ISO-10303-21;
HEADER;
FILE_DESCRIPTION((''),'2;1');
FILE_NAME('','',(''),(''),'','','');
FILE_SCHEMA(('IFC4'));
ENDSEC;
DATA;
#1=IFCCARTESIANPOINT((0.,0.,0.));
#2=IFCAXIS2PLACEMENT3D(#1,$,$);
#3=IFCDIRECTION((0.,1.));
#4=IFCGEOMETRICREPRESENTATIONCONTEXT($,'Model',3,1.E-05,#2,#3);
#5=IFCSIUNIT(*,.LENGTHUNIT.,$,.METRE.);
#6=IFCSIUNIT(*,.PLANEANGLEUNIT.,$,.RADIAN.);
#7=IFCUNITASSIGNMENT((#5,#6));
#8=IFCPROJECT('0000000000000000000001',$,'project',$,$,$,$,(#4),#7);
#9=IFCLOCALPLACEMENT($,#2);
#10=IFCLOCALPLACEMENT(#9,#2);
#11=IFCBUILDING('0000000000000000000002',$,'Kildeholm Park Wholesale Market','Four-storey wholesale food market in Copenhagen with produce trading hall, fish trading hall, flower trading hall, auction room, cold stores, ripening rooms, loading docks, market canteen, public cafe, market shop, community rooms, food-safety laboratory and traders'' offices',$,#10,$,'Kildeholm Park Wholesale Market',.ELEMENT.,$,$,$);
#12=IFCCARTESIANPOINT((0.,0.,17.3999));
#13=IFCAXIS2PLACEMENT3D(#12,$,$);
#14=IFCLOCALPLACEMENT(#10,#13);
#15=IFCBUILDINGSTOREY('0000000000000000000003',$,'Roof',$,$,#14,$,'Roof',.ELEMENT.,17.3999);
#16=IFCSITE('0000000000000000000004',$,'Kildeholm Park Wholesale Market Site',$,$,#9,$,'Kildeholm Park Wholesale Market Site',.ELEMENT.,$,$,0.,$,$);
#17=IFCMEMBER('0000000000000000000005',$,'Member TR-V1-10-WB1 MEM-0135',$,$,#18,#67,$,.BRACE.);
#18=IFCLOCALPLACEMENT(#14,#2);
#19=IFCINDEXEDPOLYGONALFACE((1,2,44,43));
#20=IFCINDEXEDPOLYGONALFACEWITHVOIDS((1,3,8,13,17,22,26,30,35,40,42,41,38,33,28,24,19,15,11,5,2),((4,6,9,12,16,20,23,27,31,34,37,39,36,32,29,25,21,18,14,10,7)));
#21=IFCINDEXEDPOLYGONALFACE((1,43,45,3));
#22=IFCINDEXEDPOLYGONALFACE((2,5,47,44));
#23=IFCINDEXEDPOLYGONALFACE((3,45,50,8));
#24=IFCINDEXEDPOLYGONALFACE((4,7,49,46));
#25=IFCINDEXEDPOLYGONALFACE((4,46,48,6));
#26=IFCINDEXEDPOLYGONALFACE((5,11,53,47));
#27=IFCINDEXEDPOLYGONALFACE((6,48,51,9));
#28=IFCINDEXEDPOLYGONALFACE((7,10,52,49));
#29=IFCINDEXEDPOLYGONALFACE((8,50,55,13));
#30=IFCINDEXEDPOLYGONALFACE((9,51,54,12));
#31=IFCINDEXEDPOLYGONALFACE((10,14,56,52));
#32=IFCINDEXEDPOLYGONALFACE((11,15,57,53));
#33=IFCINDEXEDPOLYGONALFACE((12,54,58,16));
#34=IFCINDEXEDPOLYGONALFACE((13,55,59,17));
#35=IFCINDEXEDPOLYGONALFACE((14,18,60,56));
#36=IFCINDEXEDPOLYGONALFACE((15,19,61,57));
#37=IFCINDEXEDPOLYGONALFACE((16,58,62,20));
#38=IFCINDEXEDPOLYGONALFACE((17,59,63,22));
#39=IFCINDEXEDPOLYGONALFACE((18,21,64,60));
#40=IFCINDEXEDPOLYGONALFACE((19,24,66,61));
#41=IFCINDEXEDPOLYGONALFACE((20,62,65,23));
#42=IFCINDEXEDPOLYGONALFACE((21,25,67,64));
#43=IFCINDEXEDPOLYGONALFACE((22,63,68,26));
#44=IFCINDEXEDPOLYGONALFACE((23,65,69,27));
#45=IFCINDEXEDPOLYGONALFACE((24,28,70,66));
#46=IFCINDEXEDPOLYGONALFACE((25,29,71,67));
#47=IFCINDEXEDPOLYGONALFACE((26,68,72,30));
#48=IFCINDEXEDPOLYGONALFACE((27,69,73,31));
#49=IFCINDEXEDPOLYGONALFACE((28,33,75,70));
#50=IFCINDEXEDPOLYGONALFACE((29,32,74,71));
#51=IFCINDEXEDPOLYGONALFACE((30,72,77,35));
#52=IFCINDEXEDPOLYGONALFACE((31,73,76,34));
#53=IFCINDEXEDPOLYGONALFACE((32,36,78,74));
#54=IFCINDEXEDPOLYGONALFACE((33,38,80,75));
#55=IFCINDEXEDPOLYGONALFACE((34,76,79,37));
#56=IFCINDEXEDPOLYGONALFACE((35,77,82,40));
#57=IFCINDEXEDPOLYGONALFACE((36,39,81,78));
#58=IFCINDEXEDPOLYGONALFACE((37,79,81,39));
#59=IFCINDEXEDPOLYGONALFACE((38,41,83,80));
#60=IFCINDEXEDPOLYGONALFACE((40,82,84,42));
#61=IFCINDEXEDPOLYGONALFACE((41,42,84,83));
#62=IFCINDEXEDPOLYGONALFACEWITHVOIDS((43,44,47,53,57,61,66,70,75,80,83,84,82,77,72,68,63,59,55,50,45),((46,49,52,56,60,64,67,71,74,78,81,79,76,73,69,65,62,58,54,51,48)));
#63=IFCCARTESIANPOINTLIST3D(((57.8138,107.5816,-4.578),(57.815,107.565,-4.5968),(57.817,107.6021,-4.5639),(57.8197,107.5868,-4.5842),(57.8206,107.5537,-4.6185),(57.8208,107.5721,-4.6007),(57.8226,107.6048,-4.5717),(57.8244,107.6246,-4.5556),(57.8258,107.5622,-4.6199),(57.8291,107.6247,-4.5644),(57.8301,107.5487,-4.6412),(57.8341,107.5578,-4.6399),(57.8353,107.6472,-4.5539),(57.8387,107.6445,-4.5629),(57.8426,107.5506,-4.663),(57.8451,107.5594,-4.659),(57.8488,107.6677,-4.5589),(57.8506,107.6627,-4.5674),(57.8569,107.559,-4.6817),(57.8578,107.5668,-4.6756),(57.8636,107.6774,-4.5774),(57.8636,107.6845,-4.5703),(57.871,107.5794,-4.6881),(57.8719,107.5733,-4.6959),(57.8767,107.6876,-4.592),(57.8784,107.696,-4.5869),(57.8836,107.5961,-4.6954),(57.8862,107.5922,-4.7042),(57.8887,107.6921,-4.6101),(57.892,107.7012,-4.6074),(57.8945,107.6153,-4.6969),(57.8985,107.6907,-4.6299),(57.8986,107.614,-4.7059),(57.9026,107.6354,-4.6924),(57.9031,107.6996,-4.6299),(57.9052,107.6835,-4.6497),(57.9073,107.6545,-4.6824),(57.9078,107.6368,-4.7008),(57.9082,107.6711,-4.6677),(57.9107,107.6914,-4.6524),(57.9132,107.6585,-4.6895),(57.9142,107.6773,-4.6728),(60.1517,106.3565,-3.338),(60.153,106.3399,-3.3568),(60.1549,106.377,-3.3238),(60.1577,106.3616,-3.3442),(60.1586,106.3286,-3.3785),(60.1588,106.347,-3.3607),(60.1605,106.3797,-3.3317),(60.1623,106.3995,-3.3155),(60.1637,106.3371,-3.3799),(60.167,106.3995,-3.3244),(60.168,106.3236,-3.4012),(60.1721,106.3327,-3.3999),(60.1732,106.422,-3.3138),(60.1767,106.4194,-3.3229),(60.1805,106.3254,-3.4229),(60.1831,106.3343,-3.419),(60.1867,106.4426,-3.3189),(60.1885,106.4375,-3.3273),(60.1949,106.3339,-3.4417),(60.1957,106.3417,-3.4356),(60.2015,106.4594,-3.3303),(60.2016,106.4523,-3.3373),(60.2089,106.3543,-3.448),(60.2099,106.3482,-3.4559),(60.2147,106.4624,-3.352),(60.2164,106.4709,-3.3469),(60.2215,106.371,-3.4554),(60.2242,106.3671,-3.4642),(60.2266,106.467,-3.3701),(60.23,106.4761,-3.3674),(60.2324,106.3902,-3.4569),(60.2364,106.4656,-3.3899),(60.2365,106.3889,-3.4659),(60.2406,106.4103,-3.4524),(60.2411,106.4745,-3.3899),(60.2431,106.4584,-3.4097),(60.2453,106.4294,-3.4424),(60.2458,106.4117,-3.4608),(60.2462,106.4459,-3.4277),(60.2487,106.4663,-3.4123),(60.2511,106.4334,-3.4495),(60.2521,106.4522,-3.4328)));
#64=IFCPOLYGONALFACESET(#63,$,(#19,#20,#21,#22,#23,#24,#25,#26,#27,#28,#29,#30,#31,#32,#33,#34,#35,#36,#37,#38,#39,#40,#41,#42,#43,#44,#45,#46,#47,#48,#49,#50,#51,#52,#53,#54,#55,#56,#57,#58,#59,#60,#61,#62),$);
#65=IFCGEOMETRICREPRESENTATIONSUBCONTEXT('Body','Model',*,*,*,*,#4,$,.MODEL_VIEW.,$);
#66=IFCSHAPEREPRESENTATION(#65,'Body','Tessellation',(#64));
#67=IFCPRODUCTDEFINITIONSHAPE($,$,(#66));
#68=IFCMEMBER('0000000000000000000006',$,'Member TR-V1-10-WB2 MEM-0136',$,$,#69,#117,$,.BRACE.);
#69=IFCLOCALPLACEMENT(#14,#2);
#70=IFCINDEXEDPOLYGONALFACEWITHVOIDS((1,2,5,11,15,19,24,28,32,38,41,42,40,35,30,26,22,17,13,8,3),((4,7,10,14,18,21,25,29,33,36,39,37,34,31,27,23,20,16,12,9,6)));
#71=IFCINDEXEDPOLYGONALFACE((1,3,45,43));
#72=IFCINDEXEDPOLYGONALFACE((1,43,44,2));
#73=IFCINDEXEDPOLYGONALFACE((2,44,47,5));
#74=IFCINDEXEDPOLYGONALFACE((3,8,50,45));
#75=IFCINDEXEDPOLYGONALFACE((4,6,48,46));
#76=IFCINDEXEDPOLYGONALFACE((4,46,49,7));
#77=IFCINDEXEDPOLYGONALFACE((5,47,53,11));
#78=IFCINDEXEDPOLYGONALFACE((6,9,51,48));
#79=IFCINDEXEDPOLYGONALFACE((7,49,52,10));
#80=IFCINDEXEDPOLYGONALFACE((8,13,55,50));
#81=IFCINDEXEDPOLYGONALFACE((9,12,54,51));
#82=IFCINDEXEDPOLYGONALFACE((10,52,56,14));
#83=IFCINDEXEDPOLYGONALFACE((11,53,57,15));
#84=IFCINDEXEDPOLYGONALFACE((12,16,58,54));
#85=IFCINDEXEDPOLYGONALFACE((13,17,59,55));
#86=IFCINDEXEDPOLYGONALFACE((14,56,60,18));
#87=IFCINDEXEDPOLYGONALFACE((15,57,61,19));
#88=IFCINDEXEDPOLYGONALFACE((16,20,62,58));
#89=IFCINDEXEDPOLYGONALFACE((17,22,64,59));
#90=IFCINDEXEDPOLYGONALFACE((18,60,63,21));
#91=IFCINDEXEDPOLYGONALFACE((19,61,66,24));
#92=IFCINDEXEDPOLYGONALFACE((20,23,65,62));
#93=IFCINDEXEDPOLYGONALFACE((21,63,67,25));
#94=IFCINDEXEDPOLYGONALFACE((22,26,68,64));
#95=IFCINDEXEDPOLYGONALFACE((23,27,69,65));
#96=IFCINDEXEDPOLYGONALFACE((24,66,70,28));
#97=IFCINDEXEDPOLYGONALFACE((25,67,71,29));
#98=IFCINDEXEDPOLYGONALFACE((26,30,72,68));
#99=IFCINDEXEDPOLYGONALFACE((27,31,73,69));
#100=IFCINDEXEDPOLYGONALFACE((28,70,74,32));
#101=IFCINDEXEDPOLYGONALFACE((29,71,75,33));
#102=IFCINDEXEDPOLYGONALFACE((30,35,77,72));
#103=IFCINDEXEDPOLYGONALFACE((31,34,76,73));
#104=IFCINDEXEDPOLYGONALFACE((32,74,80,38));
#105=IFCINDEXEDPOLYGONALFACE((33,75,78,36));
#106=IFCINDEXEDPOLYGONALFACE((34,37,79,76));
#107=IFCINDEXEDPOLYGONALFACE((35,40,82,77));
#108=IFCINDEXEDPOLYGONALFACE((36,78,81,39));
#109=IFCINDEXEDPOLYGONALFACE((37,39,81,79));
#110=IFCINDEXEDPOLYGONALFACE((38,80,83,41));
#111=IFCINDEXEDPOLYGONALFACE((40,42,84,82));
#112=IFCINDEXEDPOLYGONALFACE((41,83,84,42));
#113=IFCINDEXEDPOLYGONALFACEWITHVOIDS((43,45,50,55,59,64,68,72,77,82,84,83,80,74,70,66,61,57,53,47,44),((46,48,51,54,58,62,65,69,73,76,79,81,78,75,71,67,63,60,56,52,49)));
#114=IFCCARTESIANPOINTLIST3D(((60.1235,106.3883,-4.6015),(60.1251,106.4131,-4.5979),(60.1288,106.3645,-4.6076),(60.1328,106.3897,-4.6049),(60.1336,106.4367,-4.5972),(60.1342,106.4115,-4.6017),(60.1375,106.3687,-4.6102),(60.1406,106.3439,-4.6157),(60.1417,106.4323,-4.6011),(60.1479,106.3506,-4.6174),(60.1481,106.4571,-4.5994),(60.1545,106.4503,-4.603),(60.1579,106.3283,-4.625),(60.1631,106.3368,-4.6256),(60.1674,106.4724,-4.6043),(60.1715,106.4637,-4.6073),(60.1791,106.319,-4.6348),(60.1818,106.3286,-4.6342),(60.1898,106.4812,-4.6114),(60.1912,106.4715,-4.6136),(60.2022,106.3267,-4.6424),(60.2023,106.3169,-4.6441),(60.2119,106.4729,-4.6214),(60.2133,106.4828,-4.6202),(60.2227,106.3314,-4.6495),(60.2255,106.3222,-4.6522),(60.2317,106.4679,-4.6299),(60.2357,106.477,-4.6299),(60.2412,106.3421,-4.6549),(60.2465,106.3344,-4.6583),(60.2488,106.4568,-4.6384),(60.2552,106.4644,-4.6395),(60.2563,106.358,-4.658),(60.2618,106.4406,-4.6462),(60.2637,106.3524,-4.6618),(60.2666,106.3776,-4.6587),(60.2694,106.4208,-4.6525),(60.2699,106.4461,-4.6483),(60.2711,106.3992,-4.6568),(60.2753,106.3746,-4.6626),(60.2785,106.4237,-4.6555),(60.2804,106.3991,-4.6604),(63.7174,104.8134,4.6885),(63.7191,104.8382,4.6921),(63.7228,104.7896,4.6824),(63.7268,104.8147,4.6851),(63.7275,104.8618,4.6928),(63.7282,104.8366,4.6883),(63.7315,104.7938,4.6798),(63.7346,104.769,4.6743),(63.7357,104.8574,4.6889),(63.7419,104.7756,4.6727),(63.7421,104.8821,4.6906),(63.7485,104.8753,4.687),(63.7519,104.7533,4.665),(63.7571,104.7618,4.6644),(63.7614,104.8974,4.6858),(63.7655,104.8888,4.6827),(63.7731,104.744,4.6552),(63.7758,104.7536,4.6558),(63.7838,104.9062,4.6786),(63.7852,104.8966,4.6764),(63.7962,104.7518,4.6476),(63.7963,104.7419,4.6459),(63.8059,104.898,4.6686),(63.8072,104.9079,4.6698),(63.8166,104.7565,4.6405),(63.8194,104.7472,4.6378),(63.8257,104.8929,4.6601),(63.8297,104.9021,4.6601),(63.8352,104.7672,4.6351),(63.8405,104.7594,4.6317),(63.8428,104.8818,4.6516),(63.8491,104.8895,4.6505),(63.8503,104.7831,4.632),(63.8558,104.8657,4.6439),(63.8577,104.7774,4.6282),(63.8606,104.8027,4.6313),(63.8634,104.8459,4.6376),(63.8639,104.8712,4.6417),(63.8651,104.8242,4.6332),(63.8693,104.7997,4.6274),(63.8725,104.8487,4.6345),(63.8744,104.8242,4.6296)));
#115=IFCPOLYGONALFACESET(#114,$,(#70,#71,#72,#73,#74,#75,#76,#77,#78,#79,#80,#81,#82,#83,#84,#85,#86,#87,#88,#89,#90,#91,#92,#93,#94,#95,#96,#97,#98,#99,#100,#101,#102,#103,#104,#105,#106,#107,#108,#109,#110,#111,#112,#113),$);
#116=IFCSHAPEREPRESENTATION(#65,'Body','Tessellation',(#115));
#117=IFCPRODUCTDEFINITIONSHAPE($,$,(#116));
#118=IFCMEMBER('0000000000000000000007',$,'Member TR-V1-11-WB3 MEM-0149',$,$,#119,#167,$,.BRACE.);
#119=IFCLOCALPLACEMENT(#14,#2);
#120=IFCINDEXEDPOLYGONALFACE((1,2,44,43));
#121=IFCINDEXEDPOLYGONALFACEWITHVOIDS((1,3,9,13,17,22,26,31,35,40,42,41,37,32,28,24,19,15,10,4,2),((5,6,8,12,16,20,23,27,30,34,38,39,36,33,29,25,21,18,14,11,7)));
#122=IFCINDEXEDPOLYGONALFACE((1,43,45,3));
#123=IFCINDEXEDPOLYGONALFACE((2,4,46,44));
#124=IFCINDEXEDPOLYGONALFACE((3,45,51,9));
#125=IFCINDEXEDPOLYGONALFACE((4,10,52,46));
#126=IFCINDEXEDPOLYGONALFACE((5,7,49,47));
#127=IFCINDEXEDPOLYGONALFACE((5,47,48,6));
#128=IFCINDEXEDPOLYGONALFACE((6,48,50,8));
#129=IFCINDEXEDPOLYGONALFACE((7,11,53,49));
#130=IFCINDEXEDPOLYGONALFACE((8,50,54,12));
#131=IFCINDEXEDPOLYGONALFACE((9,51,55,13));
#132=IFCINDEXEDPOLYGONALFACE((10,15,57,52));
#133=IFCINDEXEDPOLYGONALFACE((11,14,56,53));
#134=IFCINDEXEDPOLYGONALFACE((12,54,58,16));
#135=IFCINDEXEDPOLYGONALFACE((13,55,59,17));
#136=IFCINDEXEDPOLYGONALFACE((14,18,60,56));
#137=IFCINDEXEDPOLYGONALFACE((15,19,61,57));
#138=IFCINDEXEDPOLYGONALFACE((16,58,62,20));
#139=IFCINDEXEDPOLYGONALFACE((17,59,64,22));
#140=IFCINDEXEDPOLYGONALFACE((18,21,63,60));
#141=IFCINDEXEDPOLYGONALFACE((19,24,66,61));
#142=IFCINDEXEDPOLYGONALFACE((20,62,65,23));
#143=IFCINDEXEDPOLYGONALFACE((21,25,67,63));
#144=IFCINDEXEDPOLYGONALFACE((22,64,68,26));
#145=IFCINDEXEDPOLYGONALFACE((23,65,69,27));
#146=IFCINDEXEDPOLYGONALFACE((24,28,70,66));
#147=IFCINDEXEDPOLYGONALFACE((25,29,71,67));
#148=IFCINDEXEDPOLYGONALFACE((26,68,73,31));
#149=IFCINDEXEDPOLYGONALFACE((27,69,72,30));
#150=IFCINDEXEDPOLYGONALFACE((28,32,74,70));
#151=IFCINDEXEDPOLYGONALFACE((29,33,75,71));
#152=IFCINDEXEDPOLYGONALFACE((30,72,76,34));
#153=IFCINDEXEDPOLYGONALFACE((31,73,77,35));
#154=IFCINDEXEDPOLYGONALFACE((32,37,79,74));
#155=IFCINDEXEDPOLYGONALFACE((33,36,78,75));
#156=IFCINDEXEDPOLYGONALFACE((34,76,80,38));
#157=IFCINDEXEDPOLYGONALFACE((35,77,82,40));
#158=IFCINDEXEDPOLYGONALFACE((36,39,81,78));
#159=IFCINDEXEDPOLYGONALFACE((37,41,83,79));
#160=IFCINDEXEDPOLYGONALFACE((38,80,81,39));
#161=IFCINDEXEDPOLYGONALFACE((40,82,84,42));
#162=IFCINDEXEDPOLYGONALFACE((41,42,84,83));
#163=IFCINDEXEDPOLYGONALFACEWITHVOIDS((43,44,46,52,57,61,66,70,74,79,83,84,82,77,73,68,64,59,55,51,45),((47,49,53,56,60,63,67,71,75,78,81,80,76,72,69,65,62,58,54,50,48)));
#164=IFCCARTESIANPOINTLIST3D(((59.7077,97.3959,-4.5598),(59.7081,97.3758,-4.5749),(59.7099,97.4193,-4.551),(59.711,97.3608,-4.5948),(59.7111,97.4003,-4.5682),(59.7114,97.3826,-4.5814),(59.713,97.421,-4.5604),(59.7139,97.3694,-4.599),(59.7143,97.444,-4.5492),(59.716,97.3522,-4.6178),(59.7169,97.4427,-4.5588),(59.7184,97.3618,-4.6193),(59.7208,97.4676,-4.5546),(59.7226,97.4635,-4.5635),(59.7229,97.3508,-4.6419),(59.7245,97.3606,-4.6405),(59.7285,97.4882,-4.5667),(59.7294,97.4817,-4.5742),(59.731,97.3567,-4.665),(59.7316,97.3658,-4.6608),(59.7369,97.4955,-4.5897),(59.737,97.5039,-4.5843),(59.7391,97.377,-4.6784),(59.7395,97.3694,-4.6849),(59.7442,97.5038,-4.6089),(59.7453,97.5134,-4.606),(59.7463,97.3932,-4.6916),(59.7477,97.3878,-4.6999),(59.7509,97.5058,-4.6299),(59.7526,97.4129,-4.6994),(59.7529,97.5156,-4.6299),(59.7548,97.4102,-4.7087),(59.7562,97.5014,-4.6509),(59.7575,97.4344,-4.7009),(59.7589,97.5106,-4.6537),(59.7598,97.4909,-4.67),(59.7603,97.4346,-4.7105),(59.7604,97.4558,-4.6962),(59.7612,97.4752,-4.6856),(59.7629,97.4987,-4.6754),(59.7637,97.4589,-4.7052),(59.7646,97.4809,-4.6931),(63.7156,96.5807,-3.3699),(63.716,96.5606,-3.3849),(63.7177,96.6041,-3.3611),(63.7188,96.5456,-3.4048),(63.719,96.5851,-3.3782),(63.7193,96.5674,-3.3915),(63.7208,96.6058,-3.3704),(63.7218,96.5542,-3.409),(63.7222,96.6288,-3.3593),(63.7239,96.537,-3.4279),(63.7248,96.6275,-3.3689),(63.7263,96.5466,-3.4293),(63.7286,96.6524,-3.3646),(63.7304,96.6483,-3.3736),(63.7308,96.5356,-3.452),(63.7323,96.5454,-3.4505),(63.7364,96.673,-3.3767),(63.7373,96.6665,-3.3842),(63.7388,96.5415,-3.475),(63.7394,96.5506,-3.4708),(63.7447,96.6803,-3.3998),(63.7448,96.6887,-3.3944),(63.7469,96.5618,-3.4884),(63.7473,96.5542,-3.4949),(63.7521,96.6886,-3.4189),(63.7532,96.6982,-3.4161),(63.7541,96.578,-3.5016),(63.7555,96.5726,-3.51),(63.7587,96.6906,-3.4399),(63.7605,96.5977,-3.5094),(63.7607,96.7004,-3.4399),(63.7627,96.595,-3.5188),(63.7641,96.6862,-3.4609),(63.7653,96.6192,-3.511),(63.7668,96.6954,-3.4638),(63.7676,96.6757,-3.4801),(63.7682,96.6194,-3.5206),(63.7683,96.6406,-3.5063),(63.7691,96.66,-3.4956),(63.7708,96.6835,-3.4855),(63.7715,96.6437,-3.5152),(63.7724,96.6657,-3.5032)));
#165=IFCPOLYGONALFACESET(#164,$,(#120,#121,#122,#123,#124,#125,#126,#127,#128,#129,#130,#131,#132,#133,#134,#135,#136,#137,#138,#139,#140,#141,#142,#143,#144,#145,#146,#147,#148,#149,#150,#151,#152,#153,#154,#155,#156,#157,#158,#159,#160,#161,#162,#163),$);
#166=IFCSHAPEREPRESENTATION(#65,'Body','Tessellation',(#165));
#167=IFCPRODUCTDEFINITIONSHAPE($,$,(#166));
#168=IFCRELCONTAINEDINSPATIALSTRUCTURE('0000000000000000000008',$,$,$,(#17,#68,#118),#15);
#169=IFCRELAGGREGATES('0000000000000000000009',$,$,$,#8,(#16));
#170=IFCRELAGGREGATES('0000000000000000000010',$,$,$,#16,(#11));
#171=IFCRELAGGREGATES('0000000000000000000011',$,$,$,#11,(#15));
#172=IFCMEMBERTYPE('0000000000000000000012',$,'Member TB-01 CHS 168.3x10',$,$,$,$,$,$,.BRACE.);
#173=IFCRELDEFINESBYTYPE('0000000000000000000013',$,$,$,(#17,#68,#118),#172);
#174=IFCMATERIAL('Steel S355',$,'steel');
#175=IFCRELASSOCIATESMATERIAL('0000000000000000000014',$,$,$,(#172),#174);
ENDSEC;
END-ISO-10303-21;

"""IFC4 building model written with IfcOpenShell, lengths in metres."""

from ifc_helpers import new_model, si_unit, direction, frame, origin, origin_2d, place, context, subcontext, project, spatial, hollow_circle, extrude, material, material_profile, profile_set, type_object, element, save


model = new_model("IFC4")

# Units and contexts
model_context = context("Model", 3, precision=1e-05, world=origin(), true_north=direction((0.0, 1.0)))
body_context = subcontext(model_context, "Body", "Model", "MODEL_VIEW")
ifc_project = project(units=[si_unit("LENGTHUNIT", "METRE"), si_unit("PLANEANGLEUNIT", "RADIAN")], contexts=[model_context])

# Site, building, storey
site_placement = place(None, origin())
site = spatial("IfcSite", under=ifc_project, at=site_placement, Name="Kildeholm Park Wholesale Market Site", LongName="Kildeholm Park Wholesale Market Site", CompositionType="ELEMENT", RefElevation=0.0)
building_placement = place(site_placement, origin())
building = spatial("IfcBuilding", under=site, at=building_placement, Name="Kildeholm Park Wholesale Market", Description="Four-storey wholesale food market in Copenhagen with produce trading hall, fish trading hall, flower trading hall, auction room, cold stores, ripening rooms, loading docks, market canteen, public cafe, market shop, community rooms, food-safety laboratory and traders' offices", LongName="Kildeholm Park Wholesale Market", CompositionType="ELEMENT")
storey_placement = place(building_placement, frame((0.0, 0.0, 17.3999)))
storey = spatial("IfcBuildingStorey", under=building, at=storey_placement, Name="Roof", LongName="Roof", CompositionType="ELEMENT", Elevation=17.3999)

# Shared definitions
ifc_material_1 = material(Name="Steel S355", Category="steel")

# Members
ifc_material_profile_1 = material_profile(ifc_material_1, hollow_circle(Radius=0.0842, WallThickness=0.01, at=origin_2d()), Name="CHS 168.3x10")
ifc_profile_set_1 = profile_set([ifc_material_profile_1], Name="Steel S355")
member_type_1 = type_object("IfcMemberType", Name="Member TB-01 CHS 168.3x10", PredefinedType="BRACE", material=ifc_profile_set_1)
member_1_placement = place(storey_placement, frame((57.864, 107.625, -4.6299), z_axis=(0.801693, -0.420102, 0.425209), x_axis=(0.464152, 0.885755, 0.0)))
element("IfcMember", 1, at=member_1_placement, inside=storey, type_object=member_type_1, Name="Member TR-V1-10-WB1 MEM-0135", PredefinedType="BRACE", context=body_context, shape_type="SweptSolid", body=[
    extrude(hollow_circle(Radius=0.0842, WallThickness=0.01, at=origin_2d()), origin(), (0.0, 0.0, 1.0), 2.9163),
])
member_2_placement = place(storey_placement, frame((60.2019, 106.3999, -4.6299), z_axis=(0.356379, -0.156172, 0.921197), x_axis=(0.40137, 0.915916, 0.0)))
element("IfcMember", 2, at=member_2_placement, inside=storey, type_object=member_type_1, Name="Member TR-V1-10-WB2 MEM-0136", PredefinedType="BRACE", context=body_context, shape_type="SweptSolid", body=[
    extrude(hollow_circle(Radius=0.0842, WallThickness=0.01, at=origin_2d()), origin(), (0.0, 0.0, 1.0), 10.0847),
])
member_3_placement = place(storey_placement, frame((59.7361, 97.4331, -4.6299), z_axis=(0.940919, -0.191382, 0.279364), x_axis=(0.199318, 0.979935, 0.0)))
element("IfcMember", 3, at=member_3_placement, inside=storey, type_object=member_type_1, Name="Member TR-V1-11-WB3 MEM-0149", PredefinedType="BRACE", context=body_context, shape_type="SweptSolid", body=[
    extrude(hollow_circle(Radius=0.0842, WallThickness=0.01, at=origin_2d()), origin(), (0.0, 0.0, 1.0), 4.2595),
])

save(model, "model.ifc")
